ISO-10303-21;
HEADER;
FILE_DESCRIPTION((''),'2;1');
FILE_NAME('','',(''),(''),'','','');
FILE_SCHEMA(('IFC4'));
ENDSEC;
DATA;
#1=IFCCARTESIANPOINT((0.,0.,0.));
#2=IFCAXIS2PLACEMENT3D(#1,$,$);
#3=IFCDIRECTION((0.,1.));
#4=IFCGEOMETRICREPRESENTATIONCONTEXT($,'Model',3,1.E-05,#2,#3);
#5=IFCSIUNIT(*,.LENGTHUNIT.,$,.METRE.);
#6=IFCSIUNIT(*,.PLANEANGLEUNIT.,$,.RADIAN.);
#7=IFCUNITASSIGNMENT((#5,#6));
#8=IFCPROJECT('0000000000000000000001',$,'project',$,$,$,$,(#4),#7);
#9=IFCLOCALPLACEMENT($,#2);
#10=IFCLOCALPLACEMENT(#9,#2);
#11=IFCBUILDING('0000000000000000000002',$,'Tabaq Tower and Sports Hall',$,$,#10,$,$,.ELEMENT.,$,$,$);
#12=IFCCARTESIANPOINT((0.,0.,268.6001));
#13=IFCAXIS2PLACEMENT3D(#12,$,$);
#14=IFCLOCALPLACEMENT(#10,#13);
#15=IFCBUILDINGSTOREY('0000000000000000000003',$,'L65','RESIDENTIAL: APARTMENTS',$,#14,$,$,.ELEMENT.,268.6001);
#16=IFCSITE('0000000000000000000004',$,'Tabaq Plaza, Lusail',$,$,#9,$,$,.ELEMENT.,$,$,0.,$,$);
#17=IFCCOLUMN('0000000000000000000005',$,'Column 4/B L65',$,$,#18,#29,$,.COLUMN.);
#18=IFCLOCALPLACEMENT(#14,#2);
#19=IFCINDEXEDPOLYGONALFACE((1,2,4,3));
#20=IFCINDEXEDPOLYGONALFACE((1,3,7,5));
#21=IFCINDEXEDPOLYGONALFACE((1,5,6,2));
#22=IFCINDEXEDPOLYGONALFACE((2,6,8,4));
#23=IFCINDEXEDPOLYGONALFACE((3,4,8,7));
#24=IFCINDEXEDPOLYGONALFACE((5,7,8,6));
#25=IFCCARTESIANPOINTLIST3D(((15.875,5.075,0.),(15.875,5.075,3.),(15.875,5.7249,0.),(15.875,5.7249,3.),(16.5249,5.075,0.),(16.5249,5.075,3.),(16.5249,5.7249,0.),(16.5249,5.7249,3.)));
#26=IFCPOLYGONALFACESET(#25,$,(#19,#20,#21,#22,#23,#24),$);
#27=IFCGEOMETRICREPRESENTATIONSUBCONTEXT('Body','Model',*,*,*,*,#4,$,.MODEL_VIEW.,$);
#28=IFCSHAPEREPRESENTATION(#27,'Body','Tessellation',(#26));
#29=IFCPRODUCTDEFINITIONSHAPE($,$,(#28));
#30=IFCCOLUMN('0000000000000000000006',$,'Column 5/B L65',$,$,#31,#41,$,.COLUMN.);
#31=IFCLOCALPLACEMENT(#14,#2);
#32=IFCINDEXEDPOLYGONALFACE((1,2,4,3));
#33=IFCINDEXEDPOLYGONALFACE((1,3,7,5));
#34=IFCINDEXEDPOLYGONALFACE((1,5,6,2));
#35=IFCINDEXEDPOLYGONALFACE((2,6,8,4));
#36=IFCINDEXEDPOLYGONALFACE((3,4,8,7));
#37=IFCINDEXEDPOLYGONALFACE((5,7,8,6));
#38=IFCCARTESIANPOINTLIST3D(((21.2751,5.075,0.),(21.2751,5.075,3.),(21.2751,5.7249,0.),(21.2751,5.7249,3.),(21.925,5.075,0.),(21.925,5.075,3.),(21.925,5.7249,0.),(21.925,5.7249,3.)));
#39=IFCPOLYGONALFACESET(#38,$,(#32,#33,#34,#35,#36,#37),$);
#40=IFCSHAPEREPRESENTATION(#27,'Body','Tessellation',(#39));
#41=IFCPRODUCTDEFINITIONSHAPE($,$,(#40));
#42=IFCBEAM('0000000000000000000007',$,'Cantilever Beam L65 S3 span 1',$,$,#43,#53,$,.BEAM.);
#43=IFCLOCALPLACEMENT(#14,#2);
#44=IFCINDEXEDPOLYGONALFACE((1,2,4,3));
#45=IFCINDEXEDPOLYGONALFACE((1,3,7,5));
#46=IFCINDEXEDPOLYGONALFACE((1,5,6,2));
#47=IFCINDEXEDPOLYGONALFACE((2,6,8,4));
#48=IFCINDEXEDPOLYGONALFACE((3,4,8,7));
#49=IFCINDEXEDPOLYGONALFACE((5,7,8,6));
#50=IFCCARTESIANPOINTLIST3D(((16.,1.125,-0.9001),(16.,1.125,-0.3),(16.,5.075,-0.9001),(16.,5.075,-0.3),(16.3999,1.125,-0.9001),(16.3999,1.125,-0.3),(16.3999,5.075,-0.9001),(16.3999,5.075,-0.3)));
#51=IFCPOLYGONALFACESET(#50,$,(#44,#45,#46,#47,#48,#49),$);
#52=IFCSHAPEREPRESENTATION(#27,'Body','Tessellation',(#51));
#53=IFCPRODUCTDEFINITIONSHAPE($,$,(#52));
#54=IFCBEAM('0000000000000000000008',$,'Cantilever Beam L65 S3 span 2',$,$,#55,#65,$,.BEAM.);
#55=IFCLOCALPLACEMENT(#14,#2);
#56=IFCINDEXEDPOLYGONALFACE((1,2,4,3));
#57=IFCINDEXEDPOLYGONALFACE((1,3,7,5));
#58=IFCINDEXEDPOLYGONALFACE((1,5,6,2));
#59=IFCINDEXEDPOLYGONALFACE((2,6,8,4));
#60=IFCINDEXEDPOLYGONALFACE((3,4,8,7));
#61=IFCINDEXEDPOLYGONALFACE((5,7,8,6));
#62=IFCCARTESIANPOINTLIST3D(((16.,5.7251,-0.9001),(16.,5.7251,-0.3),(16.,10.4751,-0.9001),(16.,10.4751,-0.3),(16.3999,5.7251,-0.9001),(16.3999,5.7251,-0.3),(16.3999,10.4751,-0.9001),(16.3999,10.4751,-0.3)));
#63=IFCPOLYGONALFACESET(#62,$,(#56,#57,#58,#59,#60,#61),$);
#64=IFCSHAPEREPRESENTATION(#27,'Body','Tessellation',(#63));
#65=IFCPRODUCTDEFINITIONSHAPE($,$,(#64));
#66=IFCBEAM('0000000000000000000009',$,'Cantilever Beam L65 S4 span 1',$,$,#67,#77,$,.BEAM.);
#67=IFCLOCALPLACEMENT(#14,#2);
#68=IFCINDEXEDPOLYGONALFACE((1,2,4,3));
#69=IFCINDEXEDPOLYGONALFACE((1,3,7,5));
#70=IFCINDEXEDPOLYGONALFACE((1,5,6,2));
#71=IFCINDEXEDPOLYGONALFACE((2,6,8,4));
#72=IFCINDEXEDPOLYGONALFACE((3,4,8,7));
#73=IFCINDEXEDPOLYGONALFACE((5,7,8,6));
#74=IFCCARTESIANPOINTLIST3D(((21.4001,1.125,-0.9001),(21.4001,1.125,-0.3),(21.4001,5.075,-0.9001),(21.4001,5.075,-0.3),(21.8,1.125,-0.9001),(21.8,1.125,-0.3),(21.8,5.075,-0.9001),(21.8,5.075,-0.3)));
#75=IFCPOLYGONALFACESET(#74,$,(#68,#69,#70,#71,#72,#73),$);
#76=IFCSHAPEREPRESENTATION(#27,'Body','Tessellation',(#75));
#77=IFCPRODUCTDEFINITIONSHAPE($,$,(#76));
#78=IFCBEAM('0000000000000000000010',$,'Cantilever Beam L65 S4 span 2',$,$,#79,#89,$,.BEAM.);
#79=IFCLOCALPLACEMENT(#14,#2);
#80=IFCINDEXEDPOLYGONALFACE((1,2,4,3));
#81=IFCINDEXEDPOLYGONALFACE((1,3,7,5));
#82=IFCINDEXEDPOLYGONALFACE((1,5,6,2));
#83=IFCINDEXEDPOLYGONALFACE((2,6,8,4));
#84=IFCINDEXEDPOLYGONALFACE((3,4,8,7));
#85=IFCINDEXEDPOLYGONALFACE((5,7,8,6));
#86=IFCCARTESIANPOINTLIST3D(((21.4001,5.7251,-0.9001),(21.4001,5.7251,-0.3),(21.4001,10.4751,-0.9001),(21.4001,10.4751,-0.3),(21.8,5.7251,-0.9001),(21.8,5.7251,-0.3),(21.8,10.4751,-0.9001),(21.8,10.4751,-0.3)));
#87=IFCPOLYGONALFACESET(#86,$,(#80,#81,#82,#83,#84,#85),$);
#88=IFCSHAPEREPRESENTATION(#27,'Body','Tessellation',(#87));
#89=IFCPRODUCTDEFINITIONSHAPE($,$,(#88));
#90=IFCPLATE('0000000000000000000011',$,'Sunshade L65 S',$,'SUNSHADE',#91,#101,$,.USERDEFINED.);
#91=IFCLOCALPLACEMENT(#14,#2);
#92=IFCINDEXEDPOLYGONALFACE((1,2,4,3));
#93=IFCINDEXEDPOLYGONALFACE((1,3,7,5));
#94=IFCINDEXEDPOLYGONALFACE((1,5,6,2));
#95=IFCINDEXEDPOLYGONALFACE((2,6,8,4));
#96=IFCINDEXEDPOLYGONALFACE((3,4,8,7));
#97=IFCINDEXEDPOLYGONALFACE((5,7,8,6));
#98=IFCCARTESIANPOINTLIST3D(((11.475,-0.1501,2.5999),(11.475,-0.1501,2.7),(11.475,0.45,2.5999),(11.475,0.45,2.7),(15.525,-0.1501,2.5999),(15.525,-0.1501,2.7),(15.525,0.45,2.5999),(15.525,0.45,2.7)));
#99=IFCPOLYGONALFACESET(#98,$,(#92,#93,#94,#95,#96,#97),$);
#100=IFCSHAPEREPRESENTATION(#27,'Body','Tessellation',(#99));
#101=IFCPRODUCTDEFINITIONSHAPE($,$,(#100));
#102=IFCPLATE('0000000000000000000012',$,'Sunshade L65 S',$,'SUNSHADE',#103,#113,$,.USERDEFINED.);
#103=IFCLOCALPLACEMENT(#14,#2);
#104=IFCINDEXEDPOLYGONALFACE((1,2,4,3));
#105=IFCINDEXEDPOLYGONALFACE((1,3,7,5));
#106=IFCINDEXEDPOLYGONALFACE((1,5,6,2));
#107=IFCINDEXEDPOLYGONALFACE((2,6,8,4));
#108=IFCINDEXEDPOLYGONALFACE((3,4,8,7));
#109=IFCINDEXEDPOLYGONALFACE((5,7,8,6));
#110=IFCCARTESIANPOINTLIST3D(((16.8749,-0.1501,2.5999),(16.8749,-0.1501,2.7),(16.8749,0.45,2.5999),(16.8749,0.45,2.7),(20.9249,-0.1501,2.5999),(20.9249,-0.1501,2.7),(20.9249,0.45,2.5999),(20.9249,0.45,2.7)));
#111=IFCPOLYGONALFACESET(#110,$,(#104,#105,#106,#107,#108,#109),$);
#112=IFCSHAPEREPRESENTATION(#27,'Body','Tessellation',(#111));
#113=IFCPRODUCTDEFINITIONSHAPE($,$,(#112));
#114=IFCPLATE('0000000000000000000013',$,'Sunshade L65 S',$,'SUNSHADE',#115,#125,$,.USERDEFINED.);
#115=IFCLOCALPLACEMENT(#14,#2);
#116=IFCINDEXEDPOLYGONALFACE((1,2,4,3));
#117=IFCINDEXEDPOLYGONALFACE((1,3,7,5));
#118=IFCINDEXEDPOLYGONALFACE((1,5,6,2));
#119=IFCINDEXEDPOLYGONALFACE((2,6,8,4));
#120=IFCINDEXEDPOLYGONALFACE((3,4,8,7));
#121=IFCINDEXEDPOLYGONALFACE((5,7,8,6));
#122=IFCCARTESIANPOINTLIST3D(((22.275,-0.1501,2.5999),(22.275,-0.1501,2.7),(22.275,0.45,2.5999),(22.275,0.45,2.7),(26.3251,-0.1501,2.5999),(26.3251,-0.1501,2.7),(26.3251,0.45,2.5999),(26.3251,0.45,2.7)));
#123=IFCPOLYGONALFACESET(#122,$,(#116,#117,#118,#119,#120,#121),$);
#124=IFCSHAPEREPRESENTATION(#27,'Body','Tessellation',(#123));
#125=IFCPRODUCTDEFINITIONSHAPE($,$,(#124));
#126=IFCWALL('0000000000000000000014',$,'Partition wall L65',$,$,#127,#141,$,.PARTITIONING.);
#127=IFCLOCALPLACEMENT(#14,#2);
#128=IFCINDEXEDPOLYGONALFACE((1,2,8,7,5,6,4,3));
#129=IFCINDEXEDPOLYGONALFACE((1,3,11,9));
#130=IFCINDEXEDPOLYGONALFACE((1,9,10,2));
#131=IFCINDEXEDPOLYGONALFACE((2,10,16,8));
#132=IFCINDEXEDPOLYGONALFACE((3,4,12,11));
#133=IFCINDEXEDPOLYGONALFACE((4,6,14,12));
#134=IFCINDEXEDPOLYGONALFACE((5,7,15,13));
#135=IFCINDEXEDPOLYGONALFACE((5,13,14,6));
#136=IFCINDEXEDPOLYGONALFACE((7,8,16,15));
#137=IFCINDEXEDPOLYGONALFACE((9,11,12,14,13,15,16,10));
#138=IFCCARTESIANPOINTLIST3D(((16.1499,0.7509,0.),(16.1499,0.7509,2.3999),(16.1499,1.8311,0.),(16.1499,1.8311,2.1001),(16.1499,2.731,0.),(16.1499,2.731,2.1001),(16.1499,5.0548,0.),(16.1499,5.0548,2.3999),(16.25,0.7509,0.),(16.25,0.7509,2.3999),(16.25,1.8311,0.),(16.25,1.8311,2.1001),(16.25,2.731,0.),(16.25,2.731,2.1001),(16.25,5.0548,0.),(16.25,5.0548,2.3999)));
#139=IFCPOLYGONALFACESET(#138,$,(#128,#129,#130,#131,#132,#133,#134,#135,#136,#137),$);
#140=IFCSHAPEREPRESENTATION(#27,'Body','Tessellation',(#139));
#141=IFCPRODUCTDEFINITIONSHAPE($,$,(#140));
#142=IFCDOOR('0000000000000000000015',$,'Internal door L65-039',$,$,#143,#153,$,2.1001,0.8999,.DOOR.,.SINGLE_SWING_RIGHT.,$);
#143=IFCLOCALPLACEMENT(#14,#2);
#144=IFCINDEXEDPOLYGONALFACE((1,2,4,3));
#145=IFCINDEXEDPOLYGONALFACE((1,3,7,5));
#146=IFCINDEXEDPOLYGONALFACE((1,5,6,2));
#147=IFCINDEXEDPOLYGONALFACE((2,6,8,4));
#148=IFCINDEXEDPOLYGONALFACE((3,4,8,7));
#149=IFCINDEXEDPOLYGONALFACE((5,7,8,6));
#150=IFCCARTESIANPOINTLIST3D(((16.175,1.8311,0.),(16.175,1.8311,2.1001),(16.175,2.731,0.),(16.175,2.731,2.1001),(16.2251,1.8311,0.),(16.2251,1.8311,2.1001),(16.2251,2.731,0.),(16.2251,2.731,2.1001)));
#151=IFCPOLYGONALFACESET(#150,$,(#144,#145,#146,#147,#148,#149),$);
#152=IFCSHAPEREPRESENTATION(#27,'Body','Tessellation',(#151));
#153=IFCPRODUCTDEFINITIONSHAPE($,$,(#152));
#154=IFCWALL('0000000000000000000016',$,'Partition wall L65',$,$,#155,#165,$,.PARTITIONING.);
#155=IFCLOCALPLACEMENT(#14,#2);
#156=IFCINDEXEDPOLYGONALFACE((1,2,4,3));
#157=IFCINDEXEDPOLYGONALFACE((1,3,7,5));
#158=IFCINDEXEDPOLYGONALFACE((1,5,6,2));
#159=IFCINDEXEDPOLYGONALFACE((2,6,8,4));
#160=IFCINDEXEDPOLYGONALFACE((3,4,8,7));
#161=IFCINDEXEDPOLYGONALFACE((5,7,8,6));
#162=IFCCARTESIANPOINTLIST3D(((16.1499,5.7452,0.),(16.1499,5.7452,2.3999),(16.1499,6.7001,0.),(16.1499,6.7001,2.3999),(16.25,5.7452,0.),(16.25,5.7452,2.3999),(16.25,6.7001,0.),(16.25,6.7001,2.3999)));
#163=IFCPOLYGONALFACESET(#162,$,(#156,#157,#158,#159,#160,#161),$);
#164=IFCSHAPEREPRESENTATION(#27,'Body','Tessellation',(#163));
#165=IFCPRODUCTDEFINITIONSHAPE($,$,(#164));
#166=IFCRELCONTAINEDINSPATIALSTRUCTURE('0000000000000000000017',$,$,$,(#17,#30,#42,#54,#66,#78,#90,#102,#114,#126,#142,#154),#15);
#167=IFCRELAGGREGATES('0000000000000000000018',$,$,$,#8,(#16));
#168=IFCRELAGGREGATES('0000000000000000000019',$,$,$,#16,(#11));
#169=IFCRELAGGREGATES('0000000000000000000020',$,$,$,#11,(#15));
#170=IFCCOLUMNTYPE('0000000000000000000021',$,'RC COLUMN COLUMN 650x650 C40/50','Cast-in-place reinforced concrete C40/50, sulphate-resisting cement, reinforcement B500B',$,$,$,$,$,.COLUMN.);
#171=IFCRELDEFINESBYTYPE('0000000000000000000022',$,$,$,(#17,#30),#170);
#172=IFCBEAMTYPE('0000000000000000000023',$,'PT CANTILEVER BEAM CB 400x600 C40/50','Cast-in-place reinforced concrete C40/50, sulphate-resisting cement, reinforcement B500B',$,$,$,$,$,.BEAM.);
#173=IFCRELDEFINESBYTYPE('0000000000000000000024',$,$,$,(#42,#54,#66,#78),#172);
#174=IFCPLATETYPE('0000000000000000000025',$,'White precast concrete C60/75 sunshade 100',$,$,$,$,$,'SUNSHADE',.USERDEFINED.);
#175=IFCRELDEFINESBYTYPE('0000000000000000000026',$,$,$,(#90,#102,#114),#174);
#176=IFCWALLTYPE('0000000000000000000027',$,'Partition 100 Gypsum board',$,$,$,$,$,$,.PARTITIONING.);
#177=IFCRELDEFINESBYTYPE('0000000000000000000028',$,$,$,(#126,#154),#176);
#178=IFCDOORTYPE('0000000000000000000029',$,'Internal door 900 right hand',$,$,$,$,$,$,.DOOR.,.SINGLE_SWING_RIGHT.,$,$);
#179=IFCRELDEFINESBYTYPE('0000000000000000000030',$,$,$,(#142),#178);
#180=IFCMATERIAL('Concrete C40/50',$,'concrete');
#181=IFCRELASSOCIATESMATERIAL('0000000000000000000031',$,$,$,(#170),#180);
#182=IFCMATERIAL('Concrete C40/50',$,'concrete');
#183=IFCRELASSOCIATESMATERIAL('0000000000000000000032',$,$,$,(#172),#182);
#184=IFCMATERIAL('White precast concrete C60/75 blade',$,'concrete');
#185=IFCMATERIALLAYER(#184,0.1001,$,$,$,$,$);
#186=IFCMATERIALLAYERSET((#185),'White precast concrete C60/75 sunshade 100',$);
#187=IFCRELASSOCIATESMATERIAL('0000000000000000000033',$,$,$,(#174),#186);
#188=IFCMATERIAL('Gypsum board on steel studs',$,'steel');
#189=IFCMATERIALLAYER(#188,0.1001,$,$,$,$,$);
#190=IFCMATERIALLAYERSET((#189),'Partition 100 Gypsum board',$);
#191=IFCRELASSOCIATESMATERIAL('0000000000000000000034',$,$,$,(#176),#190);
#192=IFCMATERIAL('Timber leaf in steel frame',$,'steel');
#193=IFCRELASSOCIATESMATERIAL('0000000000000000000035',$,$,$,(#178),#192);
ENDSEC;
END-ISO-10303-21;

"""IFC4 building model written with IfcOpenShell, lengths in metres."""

from ifc_helpers import new_model, si_unit, direction, frame, frame_2d, origin, origin_2d, place, context, subcontext, project, spatial, rectangle, extrude, material, layer, layer_set, material_profile, profile_set, type_object, element, fill, save


model = new_model("IFC4")

# Units and contexts
model_context = context("Model", 3, precision=1e-05, world=origin(), true_north=direction((0.0, 1.0)))
body_context = subcontext(model_context, "Body", "Model", "MODEL_VIEW")
ifc_project = project(units=[si_unit("LENGTHUNIT", "METRE"), si_unit("PLANEANGLEUNIT", "RADIAN")], contexts=[model_context])

# Site, building, storey
site_placement = place(None, origin())
site = spatial("IfcSite", under=ifc_project, at=site_placement, Name="Tabaq Plaza, Lusail", CompositionType="ELEMENT", RefElevation=0.0)
building_placement = place(site_placement, origin())
building = spatial("IfcBuilding", under=site, at=building_placement, Name="Tabaq Tower and Sports Hall", CompositionType="ELEMENT")
storey_placement = place(building_placement, frame((0.0, 0.0, 268.6001)))
storey = spatial("IfcBuildingStorey", under=building, at=storey_placement, Name="L65", Description="RESIDENTIAL: APARTMENTS", CompositionType="ELEMENT", Elevation=268.6001)

# Columns
ifc_material_1 = material(Name="Concrete C40/50", Category="concrete")
ifc_material_profile_1 = material_profile(ifc_material_1, rectangle(XDim=0.6499, YDim=0.6499, at=origin_2d()), Name="COLUMN 650x650")
ifc_profile_set_1 = profile_set([ifc_material_profile_1], Name="Concrete C40/50")
column_type = type_object("IfcColumnType", Name="RC COLUMN COLUMN 650x650 C40/50", Description="Cast-in-place reinforced concrete C40/50, sulphate-resisting cement, reinforcement B500B", PredefinedType="COLUMN", material=ifc_profile_set_1)
for number, where, z_axis, x_axis, name in (
    (1, (16.2, 5.3999, 0.0), (0.0, 0.0, 1.0), (1.0, 0.0, 0.0), "Column 4/B L65"),
    (2, (21.6001, 5.3999, 0.0), (0.0, 0.0, 1.0), (1.0, 0.0, 0.0), "Column 5/B L65"),
):
    element("IfcColumn", number, at=place(storey_placement, frame(where, z_axis=z_axis, x_axis=x_axis)), inside=storey, type_object=column_type, Name=name, PredefinedType="COLUMN", context=body_context, shape_type="SweptSolid", body=[
        extrude(rectangle(XDim=0.6499, YDim=0.6499, at=origin_2d()), origin(), (0.0, 0.0, 1.0), 3.0),
    ])

# Beams
ifc_material_2 = material(Name="Concrete C40/50", Category="concrete")
ifc_material_profile_2 = material_profile(ifc_material_2, rectangle(XDim=0.3999, YDim=0.6001, at=origin_2d()), Name="CB 400x600")
ifc_profile_set_2 = profile_set([ifc_material_profile_2], Name="Concrete C40/50")
beam_type = type_object("IfcBeamType", Name="PT CANTILEVER BEAM CB 400x600 C40/50", Description="Cast-in-place reinforced concrete C40/50, sulphate-resisting cement, reinforcement B500B", PredefinedType="BEAM", material=ifc_profile_set_2)
beam_1_placement = place(storey_placement, frame((16.2, 1.125, -0.6001), z_axis=(0.0, 1.0, 0.0), x_axis=(-1.0, 0.0, 0.0)))
element("IfcBeam", 3, at=beam_1_placement, inside=storey, type_object=beam_type, Name="Cantilever Beam L65 S3 span 1", PredefinedType="BEAM", context=body_context, shape_type="SweptSolid", body=[
    extrude(rectangle(XDim=0.3999, YDim=0.6001, at=origin_2d()), origin(), (0.0, 0.0, 1.0), 3.95),
])
beam_2_placement = place(storey_placement, frame((16.2, 5.7251, -0.6001), z_axis=(0.0, 1.0, 0.0), x_axis=(-1.0, 0.0, 0.0)))
element("IfcBeam", 4, at=beam_2_placement, inside=storey, type_object=beam_type, Name="Cantilever Beam L65 S3 span 2", PredefinedType="BEAM", context=body_context, shape_type="SweptSolid", body=[
    extrude(rectangle(XDim=0.3999, YDim=0.6001, at=origin_2d()), origin(), (0.0, 0.0, 1.0), 4.75),
])
beam_3_placement = place(storey_placement, frame((21.6001, 1.125, -0.6001), z_axis=(0.0, 1.0, 0.0), x_axis=(-1.0, 0.0, 0.0)))
element("IfcBeam", 5, at=beam_3_placement, inside=storey, type_object=beam_type, Name="Cantilever Beam L65 S4 span 1", PredefinedType="BEAM", context=body_context, shape_type="SweptSolid", body=[
    extrude(rectangle(XDim=0.3999, YDim=0.6001, at=origin_2d()), origin(), (0.0, 0.0, 1.0), 3.95),
])
beam_4_placement = place(storey_placement, frame((21.6001, 5.7251, -0.6001), z_axis=(0.0, 1.0, 0.0), x_axis=(-1.0, 0.0, 0.0)))
element("IfcBeam", 6, at=beam_4_placement, inside=storey, type_object=beam_type, Name="Cantilever Beam L65 S4 span 2", PredefinedType="BEAM", context=body_context, shape_type="SweptSolid", body=[
    extrude(rectangle(XDim=0.3999, YDim=0.6001, at=origin_2d()), origin(), (0.0, 0.0, 1.0), 4.75),
])

# Plates
ifc_material_3 = material(Name="White precast concrete C60/75 blade", Category="concrete")
ifc_layer_1 = layer(ifc_material_3, 0.1001)
ifc_layer_set_1 = layer_set([ifc_layer_1], Name="White precast concrete C60/75 sunshade 100")
plate_type = type_object("IfcPlateType", Name="White precast concrete C60/75 sunshade 100", ElementType="SUNSHADE", PredefinedType="USERDEFINED", material=ifc_layer_set_1)
for number, where, z_axis, x_axis, name in (
    (7, (13.5, 0.1499, 2.5999), (0.0, 0.0, 1.0), (1.0, 0.0, 0.0), "Sunshade L65 S"),
    (8, (18.8999, 0.1499, 2.5999), (0.0, 0.0, 1.0), (1.0, 0.0, 0.0), "Sunshade L65 S"),
    (9, (24.3, 0.1499, 2.5999), (0.0, 0.0, 1.0), (1.0, 0.0, 0.0), "Sunshade L65 S"),
):
    element("IfcPlate", number, at=place(storey_placement, frame(where, z_axis=z_axis, x_axis=x_axis)), inside=storey, type_object=plate_type, Name=name, ObjectType="SUNSHADE", PredefinedType="USERDEFINED", context=body_context, shape_type="SweptSolid", body=[
        extrude(rectangle(XDim=4.05, YDim=0.6001, at=origin_2d()), origin(), (0.0, 0.0, 1.0), 0.1001),
    ])

# Wall, opening, door
ifc_material_4 = material(Name="Gypsum board on steel studs", Category="steel")
ifc_layer_2 = layer(ifc_material_4, 0.1001)
ifc_layer_set_2 = layer_set([ifc_layer_2], Name="Partition 100 Gypsum board")
wall_type_1 = type_object("IfcWallType", Name="Partition 100 Gypsum board", PredefinedType="PARTITIONING", material=ifc_layer_set_2)
wall_1_placement = place(storey_placement, frame((16.2, 0.751, 0.0), z_axis=(0.0, 0.0, 1.0), x_axis=(0.0, 1.0, 0.0)))
wall_1 = element("IfcWall", 10, at=wall_1_placement, inside=storey, type_object=wall_type_1, Name="Partition wall L65", PredefinedType="PARTITIONING", context=body_context, shape_type="SweptSolid", body=[
    extrude(rectangle(XDim=4.304, YDim=0.1001, at=frame_2d((2.1519, 0.0))), origin(), (0.0, 0.0, 1.0), 2.3999),
])
opening_1_placement = place(wall_1_placement, frame((1.0801, 0.0, 0.0)))
opening_1 = element("IfcOpeningElement", 11, at=opening_1_placement, cuts=wall_1, PredefinedType="OPENING", context=body_context, shape_type="SweptSolid", body=[
    extrude(rectangle(XDim=0.8999, YDim=2.1001, at=frame_2d((0.45, 1.05))), frame((0.0, 0.05, 0.0), z_axis=(0.0, -1.0, 0.0), x_axis=(1.0, 0.0, 0.0)), (0.0, 0.0, 1.0), 0.1001),
])
ifc_material_5 = material(Name="Timber leaf in steel frame", Category="steel")
door_type_1 = type_object("IfcDoorType", Name="Internal door 900 right hand", OperationType="SINGLE_SWING_RIGHT", PredefinedType="DOOR", material=ifc_material_5)
door_1_placement = place(opening_1_placement, origin())
door_1 = element("IfcDoor", 12, at=door_1_placement, inside=storey, type_object=door_type_1, Name="Internal door L65-039", OperationType="SINGLE_SWING_RIGHT", OverallHeight=2.1001, OverallWidth=0.8999, PredefinedType="DOOR", context=body_context, shape_type="SweptSolid", body=[
    extrude(rectangle(XDim=0.8999, YDim=2.1001, at=frame_2d((0.45, 1.05))), frame((0.0, 0.0249, 0.0), z_axis=(0.0, -1.0, 0.0), x_axis=(1.0, 0.0, 0.0)), (0.0, 0.0, 1.0), 0.05),
])
fill(opening_1, door_1)

# Wall
wall_2_placement = place(storey_placement, frame((16.2, 5.7451, 0.0), z_axis=(0.0, 0.0, 1.0), x_axis=(0.0, 1.0, 0.0)))
element("IfcWall", 13, at=wall_2_placement, inside=storey, type_object=wall_type_1, Name="Partition wall L65", PredefinedType="PARTITIONING", context=body_context, shape_type="SweptSolid", body=[
    extrude(rectangle(XDim=0.9548, YDim=0.1001, at=frame_2d((0.4775, 0.0))), origin(), (0.0, 0.0, 1.0), 2.3999),
])

save(model, "model.ifc")
